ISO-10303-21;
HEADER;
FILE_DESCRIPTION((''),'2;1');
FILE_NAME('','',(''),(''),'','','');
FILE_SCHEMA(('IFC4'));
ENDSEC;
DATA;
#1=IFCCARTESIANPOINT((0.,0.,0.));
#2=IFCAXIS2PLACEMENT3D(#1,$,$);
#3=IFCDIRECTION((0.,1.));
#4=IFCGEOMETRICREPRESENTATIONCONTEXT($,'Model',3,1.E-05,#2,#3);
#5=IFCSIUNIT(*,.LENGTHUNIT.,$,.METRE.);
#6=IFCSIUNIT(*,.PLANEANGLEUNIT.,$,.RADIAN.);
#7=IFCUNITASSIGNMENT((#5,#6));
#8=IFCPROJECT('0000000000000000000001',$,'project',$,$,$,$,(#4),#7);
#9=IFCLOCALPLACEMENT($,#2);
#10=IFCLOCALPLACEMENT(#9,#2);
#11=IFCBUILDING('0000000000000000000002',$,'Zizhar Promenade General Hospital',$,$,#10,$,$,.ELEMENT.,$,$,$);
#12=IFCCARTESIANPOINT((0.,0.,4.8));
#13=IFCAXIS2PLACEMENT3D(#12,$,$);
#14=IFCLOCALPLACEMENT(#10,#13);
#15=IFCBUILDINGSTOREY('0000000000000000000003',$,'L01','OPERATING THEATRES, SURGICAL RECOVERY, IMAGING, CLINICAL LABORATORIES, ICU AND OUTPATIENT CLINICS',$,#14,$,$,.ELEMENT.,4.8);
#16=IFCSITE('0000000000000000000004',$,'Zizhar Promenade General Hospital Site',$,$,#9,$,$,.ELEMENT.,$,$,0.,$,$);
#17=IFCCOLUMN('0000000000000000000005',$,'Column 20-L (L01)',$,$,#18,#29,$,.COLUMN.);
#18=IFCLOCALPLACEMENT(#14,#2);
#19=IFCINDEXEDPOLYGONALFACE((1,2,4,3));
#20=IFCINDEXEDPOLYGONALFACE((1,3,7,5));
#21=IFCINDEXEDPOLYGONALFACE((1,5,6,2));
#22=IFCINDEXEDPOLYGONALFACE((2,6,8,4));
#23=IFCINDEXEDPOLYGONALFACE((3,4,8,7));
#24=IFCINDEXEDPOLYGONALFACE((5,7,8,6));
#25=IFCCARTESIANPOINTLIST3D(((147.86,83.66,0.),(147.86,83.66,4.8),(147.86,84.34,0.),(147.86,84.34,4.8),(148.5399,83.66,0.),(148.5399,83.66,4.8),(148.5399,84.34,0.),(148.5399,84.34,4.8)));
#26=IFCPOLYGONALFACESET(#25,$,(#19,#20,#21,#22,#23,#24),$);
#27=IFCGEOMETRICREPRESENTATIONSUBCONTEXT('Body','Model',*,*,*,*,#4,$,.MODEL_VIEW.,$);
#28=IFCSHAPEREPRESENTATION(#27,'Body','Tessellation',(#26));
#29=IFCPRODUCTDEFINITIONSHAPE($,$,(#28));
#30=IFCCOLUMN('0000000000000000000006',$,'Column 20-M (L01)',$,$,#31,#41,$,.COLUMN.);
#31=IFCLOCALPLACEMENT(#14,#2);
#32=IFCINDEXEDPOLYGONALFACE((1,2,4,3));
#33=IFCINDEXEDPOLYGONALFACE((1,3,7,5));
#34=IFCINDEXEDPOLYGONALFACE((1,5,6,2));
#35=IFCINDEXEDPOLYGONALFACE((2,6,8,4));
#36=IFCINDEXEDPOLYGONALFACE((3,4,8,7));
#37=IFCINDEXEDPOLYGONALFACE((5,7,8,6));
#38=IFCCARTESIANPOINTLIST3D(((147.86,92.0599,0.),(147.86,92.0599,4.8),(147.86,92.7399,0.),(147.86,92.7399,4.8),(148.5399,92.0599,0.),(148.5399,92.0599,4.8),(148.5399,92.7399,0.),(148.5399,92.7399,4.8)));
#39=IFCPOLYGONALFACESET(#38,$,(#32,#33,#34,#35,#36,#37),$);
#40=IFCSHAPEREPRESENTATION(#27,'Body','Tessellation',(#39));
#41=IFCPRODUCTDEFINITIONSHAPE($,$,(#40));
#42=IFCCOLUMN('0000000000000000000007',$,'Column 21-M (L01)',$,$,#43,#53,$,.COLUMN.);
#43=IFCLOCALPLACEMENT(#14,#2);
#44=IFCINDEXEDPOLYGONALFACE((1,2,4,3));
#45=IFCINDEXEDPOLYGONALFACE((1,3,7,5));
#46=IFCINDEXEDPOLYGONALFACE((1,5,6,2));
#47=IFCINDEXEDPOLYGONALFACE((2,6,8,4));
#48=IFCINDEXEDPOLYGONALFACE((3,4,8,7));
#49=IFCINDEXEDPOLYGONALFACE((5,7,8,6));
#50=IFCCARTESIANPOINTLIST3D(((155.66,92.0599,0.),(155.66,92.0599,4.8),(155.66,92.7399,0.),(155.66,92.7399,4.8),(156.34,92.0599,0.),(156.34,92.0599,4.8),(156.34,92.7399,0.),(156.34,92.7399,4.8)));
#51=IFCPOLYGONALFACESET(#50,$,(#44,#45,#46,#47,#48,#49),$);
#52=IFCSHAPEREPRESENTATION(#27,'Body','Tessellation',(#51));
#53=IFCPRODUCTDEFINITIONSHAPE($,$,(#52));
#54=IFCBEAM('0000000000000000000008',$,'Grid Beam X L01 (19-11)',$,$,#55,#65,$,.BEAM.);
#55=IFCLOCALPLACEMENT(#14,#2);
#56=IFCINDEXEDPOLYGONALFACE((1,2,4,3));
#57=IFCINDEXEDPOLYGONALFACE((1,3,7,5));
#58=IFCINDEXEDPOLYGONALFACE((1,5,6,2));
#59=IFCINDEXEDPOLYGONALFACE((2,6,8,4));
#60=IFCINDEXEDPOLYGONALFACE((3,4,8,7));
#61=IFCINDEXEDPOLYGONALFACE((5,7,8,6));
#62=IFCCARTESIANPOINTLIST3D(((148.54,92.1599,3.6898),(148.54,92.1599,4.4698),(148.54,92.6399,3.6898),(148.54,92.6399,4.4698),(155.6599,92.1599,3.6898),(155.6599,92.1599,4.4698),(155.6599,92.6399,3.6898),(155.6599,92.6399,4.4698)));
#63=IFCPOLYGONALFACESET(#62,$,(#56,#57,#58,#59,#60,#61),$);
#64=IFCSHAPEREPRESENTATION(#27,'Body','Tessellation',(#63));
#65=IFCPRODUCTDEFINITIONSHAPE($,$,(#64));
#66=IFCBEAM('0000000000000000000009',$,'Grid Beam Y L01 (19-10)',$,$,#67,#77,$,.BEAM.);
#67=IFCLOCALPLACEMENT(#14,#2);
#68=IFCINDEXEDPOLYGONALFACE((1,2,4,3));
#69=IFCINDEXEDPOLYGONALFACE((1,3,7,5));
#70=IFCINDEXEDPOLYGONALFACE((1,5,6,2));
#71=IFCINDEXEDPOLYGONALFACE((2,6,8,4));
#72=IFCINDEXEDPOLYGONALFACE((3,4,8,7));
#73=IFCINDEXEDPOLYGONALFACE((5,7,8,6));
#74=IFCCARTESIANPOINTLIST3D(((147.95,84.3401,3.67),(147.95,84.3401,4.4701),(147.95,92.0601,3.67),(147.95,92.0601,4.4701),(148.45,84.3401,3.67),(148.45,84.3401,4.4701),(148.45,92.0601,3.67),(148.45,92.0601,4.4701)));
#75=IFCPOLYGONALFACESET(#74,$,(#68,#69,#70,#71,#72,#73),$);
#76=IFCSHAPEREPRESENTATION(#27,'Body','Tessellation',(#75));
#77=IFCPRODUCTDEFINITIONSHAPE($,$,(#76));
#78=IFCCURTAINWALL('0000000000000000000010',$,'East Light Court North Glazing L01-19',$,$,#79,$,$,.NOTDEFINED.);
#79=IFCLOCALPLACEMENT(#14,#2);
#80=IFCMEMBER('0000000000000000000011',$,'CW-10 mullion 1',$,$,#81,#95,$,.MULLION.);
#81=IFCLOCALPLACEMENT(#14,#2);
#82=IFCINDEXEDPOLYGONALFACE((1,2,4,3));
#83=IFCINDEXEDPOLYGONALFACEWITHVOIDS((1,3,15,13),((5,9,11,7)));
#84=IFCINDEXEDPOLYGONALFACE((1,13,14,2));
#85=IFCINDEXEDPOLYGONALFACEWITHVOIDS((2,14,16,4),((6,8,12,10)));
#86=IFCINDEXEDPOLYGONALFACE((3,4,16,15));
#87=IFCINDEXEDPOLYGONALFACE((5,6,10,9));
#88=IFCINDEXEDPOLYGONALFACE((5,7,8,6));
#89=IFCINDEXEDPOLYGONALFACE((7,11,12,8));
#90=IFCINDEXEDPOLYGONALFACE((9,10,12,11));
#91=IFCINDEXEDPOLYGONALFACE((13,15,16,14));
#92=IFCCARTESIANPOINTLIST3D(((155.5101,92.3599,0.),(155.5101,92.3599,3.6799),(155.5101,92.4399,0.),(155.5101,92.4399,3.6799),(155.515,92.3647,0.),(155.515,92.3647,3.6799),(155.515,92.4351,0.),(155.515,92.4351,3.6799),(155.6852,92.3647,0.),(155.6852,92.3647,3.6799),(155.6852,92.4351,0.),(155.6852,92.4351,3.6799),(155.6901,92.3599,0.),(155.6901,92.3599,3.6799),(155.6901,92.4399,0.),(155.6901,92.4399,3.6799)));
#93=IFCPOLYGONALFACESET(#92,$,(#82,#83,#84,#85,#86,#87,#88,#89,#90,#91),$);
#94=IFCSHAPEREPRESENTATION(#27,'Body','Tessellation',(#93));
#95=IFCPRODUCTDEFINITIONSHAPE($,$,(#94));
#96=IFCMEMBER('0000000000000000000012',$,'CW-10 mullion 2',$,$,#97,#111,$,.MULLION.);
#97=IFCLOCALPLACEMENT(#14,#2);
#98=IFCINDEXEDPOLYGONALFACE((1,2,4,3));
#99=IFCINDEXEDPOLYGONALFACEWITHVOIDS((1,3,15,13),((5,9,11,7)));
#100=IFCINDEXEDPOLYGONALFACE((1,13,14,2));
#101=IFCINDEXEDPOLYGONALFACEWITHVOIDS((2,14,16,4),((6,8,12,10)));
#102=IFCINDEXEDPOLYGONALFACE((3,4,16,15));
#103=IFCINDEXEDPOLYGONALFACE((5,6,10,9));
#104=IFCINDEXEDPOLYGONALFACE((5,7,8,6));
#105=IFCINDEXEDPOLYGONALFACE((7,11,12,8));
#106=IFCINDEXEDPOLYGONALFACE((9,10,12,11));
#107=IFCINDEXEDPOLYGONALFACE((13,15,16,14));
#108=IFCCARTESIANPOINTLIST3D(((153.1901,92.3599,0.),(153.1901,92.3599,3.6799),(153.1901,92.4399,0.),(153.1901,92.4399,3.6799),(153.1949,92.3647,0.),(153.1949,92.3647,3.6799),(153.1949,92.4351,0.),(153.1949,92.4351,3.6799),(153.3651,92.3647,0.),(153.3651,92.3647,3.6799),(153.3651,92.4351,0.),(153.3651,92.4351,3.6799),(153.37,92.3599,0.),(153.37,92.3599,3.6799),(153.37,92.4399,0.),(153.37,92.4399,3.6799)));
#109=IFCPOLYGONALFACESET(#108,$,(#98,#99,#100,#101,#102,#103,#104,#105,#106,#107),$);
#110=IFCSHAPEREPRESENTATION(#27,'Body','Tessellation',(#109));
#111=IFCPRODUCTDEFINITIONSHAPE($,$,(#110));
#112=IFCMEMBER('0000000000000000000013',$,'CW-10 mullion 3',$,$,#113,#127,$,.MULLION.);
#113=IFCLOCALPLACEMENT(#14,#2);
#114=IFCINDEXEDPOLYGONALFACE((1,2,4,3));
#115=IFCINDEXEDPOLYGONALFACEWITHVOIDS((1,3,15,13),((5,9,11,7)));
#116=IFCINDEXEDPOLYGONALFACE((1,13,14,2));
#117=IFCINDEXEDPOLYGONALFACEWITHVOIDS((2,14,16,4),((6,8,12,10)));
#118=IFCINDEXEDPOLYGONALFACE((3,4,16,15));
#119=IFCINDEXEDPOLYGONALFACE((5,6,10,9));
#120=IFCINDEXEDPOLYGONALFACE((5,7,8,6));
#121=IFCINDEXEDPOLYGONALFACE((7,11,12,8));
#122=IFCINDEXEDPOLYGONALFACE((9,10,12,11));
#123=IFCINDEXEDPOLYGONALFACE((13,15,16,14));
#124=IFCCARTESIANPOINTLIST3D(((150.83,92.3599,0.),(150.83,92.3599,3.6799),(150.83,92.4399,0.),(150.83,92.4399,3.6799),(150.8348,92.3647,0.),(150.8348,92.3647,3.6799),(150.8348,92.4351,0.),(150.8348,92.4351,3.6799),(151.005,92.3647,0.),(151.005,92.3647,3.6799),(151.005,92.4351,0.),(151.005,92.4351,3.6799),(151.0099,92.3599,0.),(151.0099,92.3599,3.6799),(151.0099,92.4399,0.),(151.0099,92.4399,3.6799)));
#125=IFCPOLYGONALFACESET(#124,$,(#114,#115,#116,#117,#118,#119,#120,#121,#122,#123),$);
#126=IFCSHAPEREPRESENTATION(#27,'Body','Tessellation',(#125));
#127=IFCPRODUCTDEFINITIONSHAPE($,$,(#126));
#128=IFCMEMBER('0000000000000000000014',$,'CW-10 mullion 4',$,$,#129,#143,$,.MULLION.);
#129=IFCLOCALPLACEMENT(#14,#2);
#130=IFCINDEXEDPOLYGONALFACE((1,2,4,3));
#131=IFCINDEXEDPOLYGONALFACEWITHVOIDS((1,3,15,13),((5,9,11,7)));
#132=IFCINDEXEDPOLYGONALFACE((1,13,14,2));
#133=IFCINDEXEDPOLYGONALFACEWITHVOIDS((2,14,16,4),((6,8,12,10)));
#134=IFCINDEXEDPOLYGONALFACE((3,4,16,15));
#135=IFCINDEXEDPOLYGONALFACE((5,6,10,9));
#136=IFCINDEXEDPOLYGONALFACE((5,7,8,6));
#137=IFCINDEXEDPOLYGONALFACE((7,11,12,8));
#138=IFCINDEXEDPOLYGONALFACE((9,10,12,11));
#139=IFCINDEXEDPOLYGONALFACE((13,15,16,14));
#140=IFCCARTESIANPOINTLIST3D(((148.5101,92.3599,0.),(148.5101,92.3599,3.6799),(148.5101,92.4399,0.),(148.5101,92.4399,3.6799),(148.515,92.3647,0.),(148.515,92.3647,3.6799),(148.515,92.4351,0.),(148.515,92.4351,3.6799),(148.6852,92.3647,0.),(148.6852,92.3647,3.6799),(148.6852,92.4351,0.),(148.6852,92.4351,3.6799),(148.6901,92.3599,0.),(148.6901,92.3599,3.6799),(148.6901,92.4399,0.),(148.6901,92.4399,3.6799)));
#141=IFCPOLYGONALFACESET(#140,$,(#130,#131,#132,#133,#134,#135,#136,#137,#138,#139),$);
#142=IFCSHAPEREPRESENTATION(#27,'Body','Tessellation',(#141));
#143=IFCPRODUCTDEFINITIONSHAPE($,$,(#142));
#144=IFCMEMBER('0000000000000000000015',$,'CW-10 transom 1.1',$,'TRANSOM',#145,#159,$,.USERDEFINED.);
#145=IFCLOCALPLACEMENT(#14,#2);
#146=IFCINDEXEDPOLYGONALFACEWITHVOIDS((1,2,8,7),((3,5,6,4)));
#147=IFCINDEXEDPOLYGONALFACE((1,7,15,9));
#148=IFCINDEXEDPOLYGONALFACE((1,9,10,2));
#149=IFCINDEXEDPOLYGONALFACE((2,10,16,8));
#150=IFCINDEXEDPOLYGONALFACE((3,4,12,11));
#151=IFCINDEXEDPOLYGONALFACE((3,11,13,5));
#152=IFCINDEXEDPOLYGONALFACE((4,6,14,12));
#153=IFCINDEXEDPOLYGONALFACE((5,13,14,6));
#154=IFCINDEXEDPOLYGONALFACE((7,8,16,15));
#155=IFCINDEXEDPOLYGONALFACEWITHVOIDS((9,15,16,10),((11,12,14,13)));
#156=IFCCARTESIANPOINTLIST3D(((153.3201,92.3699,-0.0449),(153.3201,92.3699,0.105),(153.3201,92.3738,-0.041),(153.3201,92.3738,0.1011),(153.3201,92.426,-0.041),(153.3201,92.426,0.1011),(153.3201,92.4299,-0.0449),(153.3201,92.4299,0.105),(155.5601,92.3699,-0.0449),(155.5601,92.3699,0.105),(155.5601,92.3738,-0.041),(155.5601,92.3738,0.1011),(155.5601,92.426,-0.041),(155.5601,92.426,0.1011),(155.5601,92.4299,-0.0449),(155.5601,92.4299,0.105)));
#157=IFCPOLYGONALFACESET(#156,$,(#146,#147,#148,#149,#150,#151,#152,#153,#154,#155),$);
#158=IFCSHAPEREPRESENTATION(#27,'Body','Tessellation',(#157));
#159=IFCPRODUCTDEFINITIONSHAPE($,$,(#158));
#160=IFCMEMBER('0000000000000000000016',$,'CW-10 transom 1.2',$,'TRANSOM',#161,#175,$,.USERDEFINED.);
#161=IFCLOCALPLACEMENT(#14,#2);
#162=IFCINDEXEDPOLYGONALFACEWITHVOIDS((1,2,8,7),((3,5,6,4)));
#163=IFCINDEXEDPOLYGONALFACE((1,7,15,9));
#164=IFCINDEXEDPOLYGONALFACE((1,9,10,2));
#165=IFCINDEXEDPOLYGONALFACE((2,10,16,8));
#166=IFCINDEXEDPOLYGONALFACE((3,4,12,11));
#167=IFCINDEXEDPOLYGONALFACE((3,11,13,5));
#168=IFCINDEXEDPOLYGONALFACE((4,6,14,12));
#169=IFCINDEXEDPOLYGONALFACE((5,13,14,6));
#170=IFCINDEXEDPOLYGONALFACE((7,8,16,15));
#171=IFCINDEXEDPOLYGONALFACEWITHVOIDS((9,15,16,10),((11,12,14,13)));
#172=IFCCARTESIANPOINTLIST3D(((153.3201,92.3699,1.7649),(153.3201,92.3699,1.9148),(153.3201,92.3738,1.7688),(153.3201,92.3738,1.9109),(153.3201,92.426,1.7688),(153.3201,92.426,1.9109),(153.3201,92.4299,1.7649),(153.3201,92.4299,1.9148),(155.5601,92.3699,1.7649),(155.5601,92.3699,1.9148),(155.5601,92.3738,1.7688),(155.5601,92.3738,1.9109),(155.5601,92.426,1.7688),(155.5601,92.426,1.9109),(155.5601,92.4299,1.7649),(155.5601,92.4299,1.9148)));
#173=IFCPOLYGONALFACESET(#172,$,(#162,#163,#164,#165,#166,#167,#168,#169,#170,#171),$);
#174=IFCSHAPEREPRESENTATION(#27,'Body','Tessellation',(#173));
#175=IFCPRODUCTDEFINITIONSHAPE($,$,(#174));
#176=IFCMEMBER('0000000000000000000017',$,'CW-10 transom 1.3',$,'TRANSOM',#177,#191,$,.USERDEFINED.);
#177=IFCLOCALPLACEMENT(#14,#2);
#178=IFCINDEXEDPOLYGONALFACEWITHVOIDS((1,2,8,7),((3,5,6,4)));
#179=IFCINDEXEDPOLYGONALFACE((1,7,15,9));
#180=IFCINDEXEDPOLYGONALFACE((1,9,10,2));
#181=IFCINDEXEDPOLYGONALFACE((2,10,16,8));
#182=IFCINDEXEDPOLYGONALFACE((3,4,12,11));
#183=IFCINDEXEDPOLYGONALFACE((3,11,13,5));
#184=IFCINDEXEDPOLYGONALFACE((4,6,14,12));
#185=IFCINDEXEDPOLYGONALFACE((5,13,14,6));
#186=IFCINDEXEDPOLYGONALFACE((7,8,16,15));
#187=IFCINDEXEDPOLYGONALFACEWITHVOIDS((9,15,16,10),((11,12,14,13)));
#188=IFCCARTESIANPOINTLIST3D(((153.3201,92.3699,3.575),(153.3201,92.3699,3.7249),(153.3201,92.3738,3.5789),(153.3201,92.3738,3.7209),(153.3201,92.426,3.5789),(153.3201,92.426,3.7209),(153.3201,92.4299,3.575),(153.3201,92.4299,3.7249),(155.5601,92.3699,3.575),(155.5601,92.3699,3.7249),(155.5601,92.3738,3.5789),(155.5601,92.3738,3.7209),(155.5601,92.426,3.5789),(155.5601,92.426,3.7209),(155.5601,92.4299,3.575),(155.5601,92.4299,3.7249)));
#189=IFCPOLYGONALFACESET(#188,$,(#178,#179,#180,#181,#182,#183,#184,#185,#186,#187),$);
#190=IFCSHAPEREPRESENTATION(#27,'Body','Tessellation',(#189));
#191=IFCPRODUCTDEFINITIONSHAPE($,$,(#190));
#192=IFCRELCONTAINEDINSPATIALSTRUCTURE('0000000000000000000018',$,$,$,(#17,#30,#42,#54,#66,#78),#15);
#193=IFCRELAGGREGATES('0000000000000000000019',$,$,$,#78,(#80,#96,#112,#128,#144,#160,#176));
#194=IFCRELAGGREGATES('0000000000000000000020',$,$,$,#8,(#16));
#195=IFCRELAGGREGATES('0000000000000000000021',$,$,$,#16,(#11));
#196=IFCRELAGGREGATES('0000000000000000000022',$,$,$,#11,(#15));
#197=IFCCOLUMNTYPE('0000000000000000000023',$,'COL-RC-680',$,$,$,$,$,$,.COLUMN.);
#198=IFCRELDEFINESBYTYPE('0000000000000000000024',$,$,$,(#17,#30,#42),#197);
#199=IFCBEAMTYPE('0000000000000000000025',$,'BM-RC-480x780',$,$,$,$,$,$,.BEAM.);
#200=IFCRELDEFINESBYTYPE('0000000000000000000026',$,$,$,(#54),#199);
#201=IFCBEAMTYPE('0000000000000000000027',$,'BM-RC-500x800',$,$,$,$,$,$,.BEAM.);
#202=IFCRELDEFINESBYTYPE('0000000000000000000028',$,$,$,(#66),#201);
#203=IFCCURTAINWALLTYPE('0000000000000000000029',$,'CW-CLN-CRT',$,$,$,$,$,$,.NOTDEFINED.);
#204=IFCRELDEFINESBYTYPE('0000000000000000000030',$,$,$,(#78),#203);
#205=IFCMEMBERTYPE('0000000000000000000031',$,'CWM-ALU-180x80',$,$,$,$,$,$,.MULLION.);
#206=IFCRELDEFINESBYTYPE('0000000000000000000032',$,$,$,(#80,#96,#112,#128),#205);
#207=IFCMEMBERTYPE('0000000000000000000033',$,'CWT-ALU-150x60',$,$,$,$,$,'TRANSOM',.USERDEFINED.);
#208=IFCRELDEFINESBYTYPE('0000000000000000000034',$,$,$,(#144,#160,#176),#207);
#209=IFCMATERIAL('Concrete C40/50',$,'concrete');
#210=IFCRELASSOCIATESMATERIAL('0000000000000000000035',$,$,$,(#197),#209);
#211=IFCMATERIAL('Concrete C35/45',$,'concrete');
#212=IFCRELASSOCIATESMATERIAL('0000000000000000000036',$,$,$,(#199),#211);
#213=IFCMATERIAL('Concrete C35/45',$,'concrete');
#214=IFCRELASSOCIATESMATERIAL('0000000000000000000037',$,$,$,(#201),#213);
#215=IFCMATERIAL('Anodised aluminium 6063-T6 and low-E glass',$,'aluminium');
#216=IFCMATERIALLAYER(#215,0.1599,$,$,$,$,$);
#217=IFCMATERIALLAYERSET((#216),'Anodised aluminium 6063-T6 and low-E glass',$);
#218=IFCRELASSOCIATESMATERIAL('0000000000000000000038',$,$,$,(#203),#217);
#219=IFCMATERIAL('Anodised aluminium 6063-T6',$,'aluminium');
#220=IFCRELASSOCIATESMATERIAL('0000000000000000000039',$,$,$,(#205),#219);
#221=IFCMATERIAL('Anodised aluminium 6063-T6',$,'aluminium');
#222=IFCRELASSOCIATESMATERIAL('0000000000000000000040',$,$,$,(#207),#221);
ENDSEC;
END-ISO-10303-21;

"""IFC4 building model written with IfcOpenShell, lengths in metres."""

from ifc_helpers import new_model, si_unit, direction, frame, origin, origin_2d, place, context, subcontext, project, spatial, rectangle, hollow_rectangle, extrude, material, layer, layer_set, material_profile, profile_set, type_object, element, aggregate, save


model = new_model("IFC4")

# Units and contexts
model_context = context("Model", 3, precision=1e-05, world=origin(), true_north=direction((0.0, 1.0)))
body_context = subcontext(model_context, "Body", "Model", "MODEL_VIEW")
ifc_project = project(units=[si_unit("LENGTHUNIT", "METRE"), si_unit("PLANEANGLEUNIT", "RADIAN")], contexts=[model_context])

# Site, building, storey
site_placement = place(None, origin())
site = spatial("IfcSite", under=ifc_project, at=site_placement, Name="Zizhar Promenade General Hospital Site", CompositionType="ELEMENT", RefElevation=0.0)
building_placement = place(site_placement, origin())
building = spatial("IfcBuilding", under=site, at=building_placement, Name="Zizhar Promenade General Hospital", CompositionType="ELEMENT")
storey_placement = place(building_placement, frame((0.0, 0.0, 4.8)))
storey = spatial("IfcBuildingStorey", under=building, at=storey_placement, Name="L01", Description="OPERATING THEATRES, SURGICAL RECOVERY, IMAGING, CLINICAL LABORATORIES, ICU AND OUTPATIENT CLINICS", CompositionType="ELEMENT", Elevation=4.8)

# Columns
ifc_material_1 = material(Name="Concrete C40/50", Category="concrete")
ifc_material_profile_1 = material_profile(ifc_material_1, rectangle(XDim=0.6799, YDim=0.6799, at=origin_2d()))
ifc_profile_set_1 = profile_set([ifc_material_profile_1], Name="Concrete C40/50")
column_type = type_object("IfcColumnType", Name="COL-RC-680", PredefinedType="COLUMN", material=ifc_profile_set_1)
for number, where, z_axis, x_axis, name in (
    (1, (148.2, 84.0, 0.0), (0.0, 0.0, 1.0), (1.0, 0.0, 0.0), "Column 20-L (L01)"),
    (2, (148.2, 92.3999, 0.0), (0.0, 0.0, 1.0), (1.0, 0.0, 0.0), "Column 20-M (L01)"),
    (3, (156.0, 92.3999, 0.0), (0.0, 0.0, 1.0), (1.0, 0.0, 0.0), "Column 21-M (L01)"),
):
    element("IfcColumn", number, at=place(storey_placement, frame(where, z_axis=z_axis, x_axis=x_axis)), inside=storey, type_object=column_type, Name=name, PredefinedType="COLUMN", context=body_context, shape_type="SweptSolid", body=[
        extrude(rectangle(XDim=0.6799, YDim=0.6799, at=origin_2d()), origin(), (0.0, 0.0, 1.0), 4.8),
    ])

# Beams
ifc_material_2 = material(Name="Concrete C35/45", Category="concrete")
ifc_material_profile_2 = material_profile(ifc_material_2, rectangle(XDim=0.48, YDim=0.78, at=origin_2d()))
ifc_profile_set_2 = profile_set([ifc_material_profile_2], Name="Concrete C35/45")
beam_type_1 = type_object("IfcBeamType", Name="BM-RC-480x780", PredefinedType="BEAM", material=ifc_profile_set_2)
beam_1_placement = place(storey_placement, frame((148.54, 92.3999, 4.0798), z_axis=(1.0, 0.0, 0.0), x_axis=(0.0, 1.0, 0.0)))
element("IfcBeam", 4, at=beam_1_placement, inside=storey, type_object=beam_type_1, Name="Grid Beam X L01 (19-11)", PredefinedType="BEAM", context=body_context, shape_type="SweptSolid", body=[
    extrude(rectangle(XDim=0.48, YDim=0.78, at=origin_2d()), origin(), (0.0, 0.0, 1.0), 7.1199),
])
ifc_material_3 = material(Name="Concrete C35/45", Category="concrete")
ifc_material_profile_3 = material_profile(ifc_material_3, rectangle(XDim=0.5, YDim=0.8, at=origin_2d()))
ifc_profile_set_3 = profile_set([ifc_material_profile_3], Name="Concrete C35/45")
beam_type_2 = type_object("IfcBeamType", Name="BM-RC-500x800", PredefinedType="BEAM", material=ifc_profile_set_3)
beam_2_placement = place(storey_placement, frame((148.2, 84.3401, 4.0701), z_axis=(0.0, 1.0, 0.0), x_axis=(-1.0, 0.0, 0.0)))
element("IfcBeam", 5, at=beam_2_placement, inside=storey, type_object=beam_type_2, Name="Grid Beam Y L01 (19-10)", PredefinedType="BEAM", context=body_context, shape_type="SweptSolid", body=[
    extrude(rectangle(XDim=0.5, YDim=0.8, at=origin_2d()), origin(), (0.0, 0.0, 1.0), 7.72),
])

# Curtain wall, members
ifc_material_4 = material(Name="Anodised aluminium 6063-T6 and low-E glass", Category="aluminium")
ifc_layer_1 = layer(ifc_material_4, 0.1599)
ifc_layer_set_1 = layer_set([ifc_layer_1], Name="Anodised aluminium 6063-T6 and low-E glass")
curtain_wall_type = type_object("IfcCurtainWallType", Name="CW-CLN-CRT", PredefinedType="NOTDEFINED", material=ifc_layer_set_1)
curtain_wall_placement = place(storey_placement, origin())
curtain_wall = element("IfcCurtainWall", 6, at=curtain_wall_placement, inside=storey, type_object=curtain_wall_type, Name="East Light Court North Glazing L01-19", PredefinedType="NOTDEFINED")
ifc_material_5 = material(Name="Anodised aluminium 6063-T6", Category="aluminium")
ifc_material_profile_4 = material_profile(ifc_material_5, hollow_rectangle(XDim=0.0801, YDim=0.1799, WallThickness=0.0049, at=origin_2d()))
ifc_profile_set_4 = profile_set([ifc_material_profile_4], Name="Anodised aluminium 6063-T6")
member_type_1 = type_object("IfcMemberType", Name="CWM-ALU-180x80", PredefinedType="MULLION", material=ifc_profile_set_4)
member_1_placement = place(storey_placement, frame((155.6001, 92.3999, 0.0), z_axis=(0.0, 0.0, 1.0), x_axis=(0.0, -1.0, 0.0)))
member_1 = element("IfcMember", 7, at=member_1_placement, type_object=member_type_1, Name="CW-10 mullion 1", PredefinedType="MULLION", context=body_context, shape_type="SweptSolid", body=[
    extrude(hollow_rectangle(XDim=0.0801, YDim=0.1799, WallThickness=0.0049, at=origin_2d()), origin(), (0.0, 0.0, 1.0), 3.6799),
])
member_2_placement = place(storey_placement, frame((153.28, 92.3999, 0.0), z_axis=(0.0, 0.0, 1.0), x_axis=(0.0, -1.0, 0.0)))
member_2 = element("IfcMember", 8, at=member_2_placement, type_object=member_type_1, Name="CW-10 mullion 2", PredefinedType="MULLION", context=body_context, shape_type="SweptSolid", body=[
    extrude(hollow_rectangle(XDim=0.0801, YDim=0.1799, WallThickness=0.0049, at=origin_2d()), origin(), (0.0, 0.0, 1.0), 3.6799),
])
member_3_placement = place(storey_placement, frame((150.9199, 92.3999, 0.0), z_axis=(0.0, 0.0, 1.0), x_axis=(0.0, -1.0, 0.0)))
member_3 = element("IfcMember", 9, at=member_3_placement, type_object=member_type_1, Name="CW-10 mullion 3", PredefinedType="MULLION", context=body_context, shape_type="SweptSolid", body=[
    extrude(hollow_rectangle(XDim=0.0801, YDim=0.1799, WallThickness=0.0049, at=origin_2d()), origin(), (0.0, 0.0, 1.0), 3.6799),
])
member_4_placement = place(storey_placement, frame((148.6001, 92.3999, 0.0), z_axis=(0.0, 0.0, 1.0), x_axis=(0.0, -1.0, 0.0)))
member_4 = element("IfcMember", 10, at=member_4_placement, type_object=member_type_1, Name="CW-10 mullion 4", PredefinedType="MULLION", context=body_context, shape_type="SweptSolid", body=[
    extrude(hollow_rectangle(XDim=0.0801, YDim=0.1799, WallThickness=0.0049, at=origin_2d()), origin(), (0.0, 0.0, 1.0), 3.6799),
])
ifc_material_6 = material(Name="Anodised aluminium 6063-T6", Category="aluminium")
ifc_material_profile_5 = material_profile(ifc_material_6, hollow_rectangle(XDim=0.0601, YDim=0.1499, WallThickness=0.0039, at=origin_2d()))
ifc_profile_set_5 = profile_set([ifc_material_profile_5], Name="Anodised aluminium 6063-T6")
member_type_2 = type_object("IfcMemberType", Name="CWT-ALU-150x60", ElementType="TRANSOM", PredefinedType="USERDEFINED", material=ifc_profile_set_5)
member_5_placement = place(storey_placement, frame((155.5601, 92.3999, 0.03), z_axis=(-1.0, 0.0, 0.0), x_axis=(0.0, -1.0, 0.0)))
member_5 = element("IfcMember", 11, at=member_5_placement, type_object=member_type_2, Name="CW-10 transom 1.1", ObjectType="TRANSOM", PredefinedType="USERDEFINED", context=body_context, shape_type="SweptSolid", body=[
    extrude(hollow_rectangle(XDim=0.0601, YDim=0.1499, WallThickness=0.0039, at=origin_2d()), origin(), (0.0, 0.0, 1.0), 2.24),
])
member_6_placement = place(storey_placement, frame((155.5601, 92.3999, 1.8398), z_axis=(-1.0, 0.0, 0.0), x_axis=(0.0, -1.0, 0.0)))
member_6 = element("IfcMember", 12, at=member_6_placement, type_object=member_type_2, Name="CW-10 transom 1.2", ObjectType="TRANSOM", PredefinedType="USERDEFINED", context=body_context, shape_type="SweptSolid", body=[
    extrude(hollow_rectangle(XDim=0.0601, YDim=0.1499, WallThickness=0.0039, at=origin_2d()), origin(), (0.0, 0.0, 1.0), 2.24),
])
member_7_placement = place(storey_placement, frame((155.5601, 92.3999, 3.6499), z_axis=(-1.0, 0.0, 0.0), x_axis=(0.0, -1.0, 0.0)))
member_7 = element("IfcMember", 13, at=member_7_placement, type_object=member_type_2, Name="CW-10 transom 1.3", ObjectType="TRANSOM", PredefinedType="USERDEFINED", context=body_context, shape_type="SweptSolid", body=[
    extrude(hollow_rectangle(XDim=0.0601, YDim=0.1499, WallThickness=0.0039, at=origin_2d()), origin(), (0.0, 0.0, 1.0), 2.24),
])
aggregate(curtain_wall, [member_1, member_2, member_3, member_4, member_5, member_6, member_7])

save(model, "model.ifc")
